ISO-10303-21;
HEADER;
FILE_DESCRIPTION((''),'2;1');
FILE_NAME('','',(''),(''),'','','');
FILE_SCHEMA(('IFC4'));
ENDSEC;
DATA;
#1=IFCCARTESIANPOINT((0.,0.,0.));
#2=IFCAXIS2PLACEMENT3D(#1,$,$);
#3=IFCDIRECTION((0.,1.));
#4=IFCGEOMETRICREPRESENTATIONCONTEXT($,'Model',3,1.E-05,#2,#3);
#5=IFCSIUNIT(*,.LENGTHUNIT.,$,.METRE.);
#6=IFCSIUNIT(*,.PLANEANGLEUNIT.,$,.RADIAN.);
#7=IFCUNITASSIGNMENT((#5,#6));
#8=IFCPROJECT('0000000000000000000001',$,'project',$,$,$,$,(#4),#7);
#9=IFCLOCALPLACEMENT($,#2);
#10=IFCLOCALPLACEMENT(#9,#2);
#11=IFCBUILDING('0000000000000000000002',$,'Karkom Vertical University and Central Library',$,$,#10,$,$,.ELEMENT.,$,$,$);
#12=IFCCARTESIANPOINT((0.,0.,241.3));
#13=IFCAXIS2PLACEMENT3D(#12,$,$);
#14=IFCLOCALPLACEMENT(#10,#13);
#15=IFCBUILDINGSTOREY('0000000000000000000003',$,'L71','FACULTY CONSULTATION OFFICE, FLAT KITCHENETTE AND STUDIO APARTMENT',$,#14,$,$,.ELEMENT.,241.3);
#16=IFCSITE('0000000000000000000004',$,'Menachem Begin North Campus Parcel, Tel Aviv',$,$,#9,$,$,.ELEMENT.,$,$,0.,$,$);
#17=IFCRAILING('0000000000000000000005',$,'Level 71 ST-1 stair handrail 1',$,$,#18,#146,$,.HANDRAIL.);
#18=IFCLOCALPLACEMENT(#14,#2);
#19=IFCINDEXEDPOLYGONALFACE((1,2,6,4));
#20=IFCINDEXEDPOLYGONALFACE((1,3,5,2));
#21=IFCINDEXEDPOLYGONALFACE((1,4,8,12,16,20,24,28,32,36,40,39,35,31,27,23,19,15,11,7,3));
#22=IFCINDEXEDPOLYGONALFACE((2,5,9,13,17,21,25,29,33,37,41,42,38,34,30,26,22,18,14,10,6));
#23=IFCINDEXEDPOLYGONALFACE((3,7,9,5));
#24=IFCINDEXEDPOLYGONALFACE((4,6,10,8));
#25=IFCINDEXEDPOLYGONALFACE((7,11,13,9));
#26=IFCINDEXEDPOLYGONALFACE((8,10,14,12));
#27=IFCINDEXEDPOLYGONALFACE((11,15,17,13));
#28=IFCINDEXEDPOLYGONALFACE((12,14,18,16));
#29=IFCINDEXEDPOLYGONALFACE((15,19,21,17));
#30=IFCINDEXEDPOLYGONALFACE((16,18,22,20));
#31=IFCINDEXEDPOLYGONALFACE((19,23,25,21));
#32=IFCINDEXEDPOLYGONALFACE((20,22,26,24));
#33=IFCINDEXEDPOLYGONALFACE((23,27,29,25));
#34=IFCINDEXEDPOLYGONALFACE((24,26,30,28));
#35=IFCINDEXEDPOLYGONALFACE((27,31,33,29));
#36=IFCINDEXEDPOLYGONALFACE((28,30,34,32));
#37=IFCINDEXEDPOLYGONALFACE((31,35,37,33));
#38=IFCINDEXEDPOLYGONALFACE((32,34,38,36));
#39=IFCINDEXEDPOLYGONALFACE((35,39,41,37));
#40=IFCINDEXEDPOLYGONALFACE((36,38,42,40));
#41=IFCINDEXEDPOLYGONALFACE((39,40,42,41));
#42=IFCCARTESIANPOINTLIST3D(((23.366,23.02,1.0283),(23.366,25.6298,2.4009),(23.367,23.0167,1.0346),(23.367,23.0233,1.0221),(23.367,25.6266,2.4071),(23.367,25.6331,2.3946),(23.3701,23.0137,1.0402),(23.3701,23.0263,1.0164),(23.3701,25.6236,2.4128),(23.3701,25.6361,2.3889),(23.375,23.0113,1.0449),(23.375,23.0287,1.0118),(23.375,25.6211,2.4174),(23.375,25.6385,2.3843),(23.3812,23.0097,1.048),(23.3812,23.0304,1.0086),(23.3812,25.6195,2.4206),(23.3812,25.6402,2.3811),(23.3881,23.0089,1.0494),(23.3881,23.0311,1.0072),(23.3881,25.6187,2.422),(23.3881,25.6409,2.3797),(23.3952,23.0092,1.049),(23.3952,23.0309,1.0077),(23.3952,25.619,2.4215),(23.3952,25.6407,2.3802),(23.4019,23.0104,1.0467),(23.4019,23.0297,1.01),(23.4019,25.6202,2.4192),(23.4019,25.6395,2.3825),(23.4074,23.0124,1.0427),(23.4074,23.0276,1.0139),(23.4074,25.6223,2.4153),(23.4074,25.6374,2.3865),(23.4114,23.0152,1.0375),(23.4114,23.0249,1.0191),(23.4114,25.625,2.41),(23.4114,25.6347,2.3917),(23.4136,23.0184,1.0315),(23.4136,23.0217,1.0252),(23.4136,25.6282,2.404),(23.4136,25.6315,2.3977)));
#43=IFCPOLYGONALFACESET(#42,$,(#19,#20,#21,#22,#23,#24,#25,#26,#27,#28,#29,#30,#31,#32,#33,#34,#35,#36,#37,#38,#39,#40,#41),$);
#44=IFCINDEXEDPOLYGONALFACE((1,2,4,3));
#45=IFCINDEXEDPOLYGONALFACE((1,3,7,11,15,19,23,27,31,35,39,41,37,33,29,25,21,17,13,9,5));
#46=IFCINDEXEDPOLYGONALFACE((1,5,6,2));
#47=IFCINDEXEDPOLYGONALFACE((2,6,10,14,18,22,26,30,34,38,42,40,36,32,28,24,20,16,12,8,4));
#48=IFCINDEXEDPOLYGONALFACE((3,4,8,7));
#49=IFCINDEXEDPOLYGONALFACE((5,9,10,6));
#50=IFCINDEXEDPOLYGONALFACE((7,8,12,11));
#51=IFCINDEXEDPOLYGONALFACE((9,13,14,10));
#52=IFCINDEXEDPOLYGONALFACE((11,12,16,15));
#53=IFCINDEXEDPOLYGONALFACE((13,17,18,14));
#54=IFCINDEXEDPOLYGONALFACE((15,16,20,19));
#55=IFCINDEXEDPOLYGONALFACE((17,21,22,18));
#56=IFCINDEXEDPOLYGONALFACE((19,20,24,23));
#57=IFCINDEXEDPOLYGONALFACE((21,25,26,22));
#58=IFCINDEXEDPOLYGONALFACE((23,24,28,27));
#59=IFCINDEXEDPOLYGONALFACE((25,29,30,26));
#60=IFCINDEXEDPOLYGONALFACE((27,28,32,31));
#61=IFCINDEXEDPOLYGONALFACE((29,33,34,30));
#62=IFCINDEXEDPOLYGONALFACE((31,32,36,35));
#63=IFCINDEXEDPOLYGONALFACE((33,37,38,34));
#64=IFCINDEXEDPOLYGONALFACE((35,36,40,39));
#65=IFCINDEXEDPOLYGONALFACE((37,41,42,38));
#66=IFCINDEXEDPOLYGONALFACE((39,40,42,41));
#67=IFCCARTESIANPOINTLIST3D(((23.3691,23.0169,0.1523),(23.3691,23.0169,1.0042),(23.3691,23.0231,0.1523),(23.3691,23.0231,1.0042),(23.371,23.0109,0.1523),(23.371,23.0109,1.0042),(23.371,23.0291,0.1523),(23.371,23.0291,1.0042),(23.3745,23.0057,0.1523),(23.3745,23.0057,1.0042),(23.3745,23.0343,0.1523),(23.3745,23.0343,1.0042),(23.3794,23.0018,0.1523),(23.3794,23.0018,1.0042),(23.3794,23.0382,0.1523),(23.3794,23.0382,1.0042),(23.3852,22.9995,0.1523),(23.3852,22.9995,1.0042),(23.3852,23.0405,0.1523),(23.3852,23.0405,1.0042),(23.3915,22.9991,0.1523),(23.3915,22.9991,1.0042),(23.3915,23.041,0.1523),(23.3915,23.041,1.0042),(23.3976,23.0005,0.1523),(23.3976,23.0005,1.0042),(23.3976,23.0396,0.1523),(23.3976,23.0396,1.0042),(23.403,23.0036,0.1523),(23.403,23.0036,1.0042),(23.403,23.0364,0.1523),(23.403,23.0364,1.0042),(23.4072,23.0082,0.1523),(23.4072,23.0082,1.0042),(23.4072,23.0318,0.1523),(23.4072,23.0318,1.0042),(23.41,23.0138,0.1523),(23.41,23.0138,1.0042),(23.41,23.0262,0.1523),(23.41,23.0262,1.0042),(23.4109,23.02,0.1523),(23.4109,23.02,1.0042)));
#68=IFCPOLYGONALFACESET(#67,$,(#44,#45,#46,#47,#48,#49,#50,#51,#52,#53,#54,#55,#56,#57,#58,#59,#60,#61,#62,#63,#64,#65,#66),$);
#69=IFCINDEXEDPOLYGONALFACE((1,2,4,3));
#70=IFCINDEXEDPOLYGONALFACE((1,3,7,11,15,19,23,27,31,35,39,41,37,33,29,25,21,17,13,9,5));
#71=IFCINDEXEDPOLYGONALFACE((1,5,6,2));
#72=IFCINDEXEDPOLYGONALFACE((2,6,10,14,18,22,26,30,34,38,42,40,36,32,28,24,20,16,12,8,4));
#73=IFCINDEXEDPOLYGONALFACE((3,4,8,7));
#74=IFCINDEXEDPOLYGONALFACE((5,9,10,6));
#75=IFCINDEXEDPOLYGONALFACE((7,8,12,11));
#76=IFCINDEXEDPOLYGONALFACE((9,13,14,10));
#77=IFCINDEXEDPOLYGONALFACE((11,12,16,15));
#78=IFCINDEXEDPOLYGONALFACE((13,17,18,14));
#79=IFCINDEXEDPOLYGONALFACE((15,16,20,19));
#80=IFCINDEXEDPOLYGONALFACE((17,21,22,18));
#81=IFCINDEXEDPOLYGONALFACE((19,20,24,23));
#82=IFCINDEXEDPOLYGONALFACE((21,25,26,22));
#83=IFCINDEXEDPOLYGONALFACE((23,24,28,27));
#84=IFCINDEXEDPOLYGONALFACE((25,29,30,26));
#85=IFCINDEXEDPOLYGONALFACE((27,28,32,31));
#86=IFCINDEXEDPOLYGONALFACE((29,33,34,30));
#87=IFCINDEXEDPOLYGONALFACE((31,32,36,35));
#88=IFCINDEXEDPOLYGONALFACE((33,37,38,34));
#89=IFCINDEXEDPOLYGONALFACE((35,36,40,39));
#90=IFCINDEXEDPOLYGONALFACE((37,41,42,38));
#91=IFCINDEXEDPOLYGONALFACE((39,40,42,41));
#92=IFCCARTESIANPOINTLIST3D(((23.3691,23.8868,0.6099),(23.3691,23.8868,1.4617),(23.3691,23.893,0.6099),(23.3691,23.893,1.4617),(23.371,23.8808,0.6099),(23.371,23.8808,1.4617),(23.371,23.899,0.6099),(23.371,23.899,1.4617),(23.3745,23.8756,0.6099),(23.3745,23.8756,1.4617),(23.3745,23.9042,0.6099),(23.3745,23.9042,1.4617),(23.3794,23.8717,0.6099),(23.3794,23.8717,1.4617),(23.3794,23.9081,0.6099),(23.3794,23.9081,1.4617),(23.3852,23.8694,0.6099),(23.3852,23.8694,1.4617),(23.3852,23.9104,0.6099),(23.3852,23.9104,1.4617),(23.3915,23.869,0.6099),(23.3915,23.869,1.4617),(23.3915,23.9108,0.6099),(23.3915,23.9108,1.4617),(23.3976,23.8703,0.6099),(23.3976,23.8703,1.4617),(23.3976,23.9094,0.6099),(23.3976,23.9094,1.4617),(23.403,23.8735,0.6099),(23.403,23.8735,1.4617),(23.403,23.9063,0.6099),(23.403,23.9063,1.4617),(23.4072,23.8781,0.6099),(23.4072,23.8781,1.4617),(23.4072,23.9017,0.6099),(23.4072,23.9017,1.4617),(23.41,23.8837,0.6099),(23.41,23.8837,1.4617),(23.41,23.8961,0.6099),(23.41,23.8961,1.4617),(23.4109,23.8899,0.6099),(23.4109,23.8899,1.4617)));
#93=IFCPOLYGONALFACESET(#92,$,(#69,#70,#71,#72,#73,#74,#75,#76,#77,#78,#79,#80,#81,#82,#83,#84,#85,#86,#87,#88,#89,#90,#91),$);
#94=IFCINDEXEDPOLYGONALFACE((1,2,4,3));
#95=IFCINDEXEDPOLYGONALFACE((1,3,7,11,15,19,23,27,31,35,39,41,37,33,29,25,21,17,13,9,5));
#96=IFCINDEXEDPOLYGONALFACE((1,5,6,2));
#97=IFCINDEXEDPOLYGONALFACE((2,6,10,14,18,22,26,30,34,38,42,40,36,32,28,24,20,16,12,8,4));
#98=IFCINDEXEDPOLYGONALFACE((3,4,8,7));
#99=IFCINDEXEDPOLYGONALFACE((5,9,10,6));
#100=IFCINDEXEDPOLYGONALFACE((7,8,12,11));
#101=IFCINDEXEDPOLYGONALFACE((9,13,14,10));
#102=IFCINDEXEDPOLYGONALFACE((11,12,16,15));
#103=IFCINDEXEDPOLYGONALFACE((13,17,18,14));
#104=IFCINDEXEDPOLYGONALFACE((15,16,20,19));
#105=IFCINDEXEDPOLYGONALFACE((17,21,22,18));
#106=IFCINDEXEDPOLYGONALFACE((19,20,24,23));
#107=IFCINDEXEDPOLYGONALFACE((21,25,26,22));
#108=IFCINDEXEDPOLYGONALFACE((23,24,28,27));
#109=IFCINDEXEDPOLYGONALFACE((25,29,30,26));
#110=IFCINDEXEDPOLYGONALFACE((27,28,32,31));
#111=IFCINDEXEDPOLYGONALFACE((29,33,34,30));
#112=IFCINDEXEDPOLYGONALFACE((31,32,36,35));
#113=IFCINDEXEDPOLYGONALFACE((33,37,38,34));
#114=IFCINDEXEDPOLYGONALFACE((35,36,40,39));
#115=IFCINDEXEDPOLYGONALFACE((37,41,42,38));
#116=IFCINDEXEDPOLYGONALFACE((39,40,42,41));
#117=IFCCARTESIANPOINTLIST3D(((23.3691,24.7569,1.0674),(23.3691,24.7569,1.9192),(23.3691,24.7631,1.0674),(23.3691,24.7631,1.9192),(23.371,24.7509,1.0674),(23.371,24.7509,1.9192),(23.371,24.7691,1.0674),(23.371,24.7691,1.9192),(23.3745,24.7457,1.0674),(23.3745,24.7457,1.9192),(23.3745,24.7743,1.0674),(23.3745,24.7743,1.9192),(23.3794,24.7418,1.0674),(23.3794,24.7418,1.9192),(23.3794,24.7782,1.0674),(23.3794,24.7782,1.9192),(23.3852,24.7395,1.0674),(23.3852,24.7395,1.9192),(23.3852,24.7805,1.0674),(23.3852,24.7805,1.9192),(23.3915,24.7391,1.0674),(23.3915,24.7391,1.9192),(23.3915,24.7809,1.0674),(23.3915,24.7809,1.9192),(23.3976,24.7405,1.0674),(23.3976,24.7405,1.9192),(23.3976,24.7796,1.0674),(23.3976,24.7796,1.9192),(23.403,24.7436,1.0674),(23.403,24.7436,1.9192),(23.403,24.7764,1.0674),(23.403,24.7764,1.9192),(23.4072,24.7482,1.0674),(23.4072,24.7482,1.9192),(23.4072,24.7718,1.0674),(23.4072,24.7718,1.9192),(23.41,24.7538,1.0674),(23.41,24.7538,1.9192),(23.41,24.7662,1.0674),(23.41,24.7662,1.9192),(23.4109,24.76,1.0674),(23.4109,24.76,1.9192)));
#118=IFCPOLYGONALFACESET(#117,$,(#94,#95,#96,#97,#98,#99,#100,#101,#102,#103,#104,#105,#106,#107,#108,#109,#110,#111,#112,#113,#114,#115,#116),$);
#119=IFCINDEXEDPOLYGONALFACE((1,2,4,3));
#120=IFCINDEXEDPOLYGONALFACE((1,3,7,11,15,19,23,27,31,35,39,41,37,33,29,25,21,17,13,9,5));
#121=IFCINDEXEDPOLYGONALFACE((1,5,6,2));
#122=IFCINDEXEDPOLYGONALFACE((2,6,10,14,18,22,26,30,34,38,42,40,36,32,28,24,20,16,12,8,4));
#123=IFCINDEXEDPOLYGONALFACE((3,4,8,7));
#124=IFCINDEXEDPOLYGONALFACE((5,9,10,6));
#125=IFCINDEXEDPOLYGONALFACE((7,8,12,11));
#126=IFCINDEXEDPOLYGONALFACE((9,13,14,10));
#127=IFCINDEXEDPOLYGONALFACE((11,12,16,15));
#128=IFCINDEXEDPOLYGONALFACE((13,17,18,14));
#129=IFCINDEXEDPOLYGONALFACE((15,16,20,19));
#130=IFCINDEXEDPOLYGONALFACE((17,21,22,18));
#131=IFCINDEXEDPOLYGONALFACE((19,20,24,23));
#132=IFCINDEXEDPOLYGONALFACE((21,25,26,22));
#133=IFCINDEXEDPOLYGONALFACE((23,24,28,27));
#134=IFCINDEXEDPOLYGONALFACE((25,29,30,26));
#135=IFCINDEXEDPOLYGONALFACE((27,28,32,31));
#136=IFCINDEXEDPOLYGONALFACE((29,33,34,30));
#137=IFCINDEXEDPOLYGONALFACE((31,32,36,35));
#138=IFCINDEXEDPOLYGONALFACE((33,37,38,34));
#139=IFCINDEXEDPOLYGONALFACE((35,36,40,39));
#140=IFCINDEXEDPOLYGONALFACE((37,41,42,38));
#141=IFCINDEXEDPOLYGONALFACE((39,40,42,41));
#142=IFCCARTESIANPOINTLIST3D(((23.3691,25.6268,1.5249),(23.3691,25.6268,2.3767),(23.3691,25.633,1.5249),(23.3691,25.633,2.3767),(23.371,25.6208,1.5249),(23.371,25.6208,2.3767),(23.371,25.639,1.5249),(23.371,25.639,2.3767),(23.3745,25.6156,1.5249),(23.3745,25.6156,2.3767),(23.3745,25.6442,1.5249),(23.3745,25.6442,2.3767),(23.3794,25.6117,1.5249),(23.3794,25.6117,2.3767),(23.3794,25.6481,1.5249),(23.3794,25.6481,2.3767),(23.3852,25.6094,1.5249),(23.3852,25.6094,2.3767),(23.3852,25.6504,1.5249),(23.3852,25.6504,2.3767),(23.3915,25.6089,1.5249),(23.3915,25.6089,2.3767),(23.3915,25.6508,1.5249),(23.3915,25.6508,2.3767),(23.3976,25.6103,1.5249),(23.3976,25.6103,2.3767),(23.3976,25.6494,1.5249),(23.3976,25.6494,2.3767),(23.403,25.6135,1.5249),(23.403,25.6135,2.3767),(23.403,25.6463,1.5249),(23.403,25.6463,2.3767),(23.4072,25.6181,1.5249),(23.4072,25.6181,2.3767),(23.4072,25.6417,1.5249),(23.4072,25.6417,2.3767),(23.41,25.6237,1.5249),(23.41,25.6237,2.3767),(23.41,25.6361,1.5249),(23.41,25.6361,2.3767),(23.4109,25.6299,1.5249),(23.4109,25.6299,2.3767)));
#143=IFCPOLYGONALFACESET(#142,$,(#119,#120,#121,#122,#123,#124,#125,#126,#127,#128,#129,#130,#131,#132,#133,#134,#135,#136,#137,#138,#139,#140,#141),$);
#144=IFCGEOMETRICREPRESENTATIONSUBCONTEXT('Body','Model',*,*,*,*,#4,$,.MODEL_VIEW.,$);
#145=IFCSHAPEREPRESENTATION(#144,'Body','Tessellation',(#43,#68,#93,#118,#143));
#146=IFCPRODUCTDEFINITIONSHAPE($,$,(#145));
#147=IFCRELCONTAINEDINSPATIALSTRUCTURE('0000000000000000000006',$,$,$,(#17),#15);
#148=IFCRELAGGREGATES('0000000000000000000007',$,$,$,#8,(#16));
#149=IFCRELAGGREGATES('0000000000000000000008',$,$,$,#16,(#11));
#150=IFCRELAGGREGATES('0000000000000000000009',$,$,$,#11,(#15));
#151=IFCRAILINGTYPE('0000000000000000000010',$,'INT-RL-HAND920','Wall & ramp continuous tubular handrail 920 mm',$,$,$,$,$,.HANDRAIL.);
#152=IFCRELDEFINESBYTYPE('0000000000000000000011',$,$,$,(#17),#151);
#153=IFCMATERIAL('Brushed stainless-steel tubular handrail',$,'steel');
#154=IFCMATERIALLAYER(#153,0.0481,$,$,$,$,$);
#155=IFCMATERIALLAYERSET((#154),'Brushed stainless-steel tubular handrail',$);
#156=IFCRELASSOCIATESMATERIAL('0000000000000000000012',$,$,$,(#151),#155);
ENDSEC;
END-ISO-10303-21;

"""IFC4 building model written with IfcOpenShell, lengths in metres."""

from ifc_helpers import new_model, si_unit, direction, frame, origin, origin_2d, place, context, subcontext, project, spatial, circle, extrude, material, layer, layer_set, type_object, element, save


model = new_model("IFC4")

# Units and contexts
model_context = context("Model", 3, precision=1e-05, world=origin(), true_north=direction((0.0, 1.0)))
body_context = subcontext(model_context, "Body", "Model", "MODEL_VIEW")
ifc_project = project(units=[si_unit("LENGTHUNIT", "METRE"), si_unit("PLANEANGLEUNIT", "RADIAN")], contexts=[model_context])

# Site, building, storey
site_placement = place(None, origin())
site = spatial("IfcSite", under=ifc_project, at=site_placement, Name="Menachem Begin North Campus Parcel, Tel Aviv", CompositionType="ELEMENT", RefElevation=0.0)
building_placement = place(site_placement, origin())
building = spatial("IfcBuilding", under=site, at=building_placement, Name="Karkom Vertical University and Central Library", CompositionType="ELEMENT")
storey_placement = place(building_placement, frame((0.0, 0.0, 241.3)))
storey = spatial("IfcBuildingStorey", under=building, at=storey_placement, Name="L71", Description="FACULTY CONSULTATION OFFICE, FLAT KITCHENETTE AND STUDIO APARTMENT", CompositionType="ELEMENT", Elevation=241.3)

# Railing
ifc_material_1 = material(Name="Brushed stainless-steel tubular handrail", Category="steel")
ifc_layer_1 = layer(ifc_material_1, 0.0481)
ifc_layer_set_1 = layer_set([ifc_layer_1], Name="Brushed stainless-steel tubular handrail")
railing_type_1 = type_object("IfcRailingType", Name="INT-RL-HAND920", Description="Wall & ramp continuous tubular handrail 920 mm", PredefinedType="HANDRAIL", material=ifc_layer_set_1)
railing_1_placement = place(storey_placement, frame((23.3899, 23.02, 0.1523)))
element("IfcRailing", 1, at=railing_1_placement, inside=storey, type_object=railing_type_1, Name="Level 71 ST-1 stair handrail 1", PredefinedType="HANDRAIL", context=body_context, shape_type="SweptSolid", body=[
    extrude(circle(Radius=0.0239, at=origin_2d()), frame((0.0, 0.0, 0.876), z_axis=(0.0, 0.885065, 0.465467), x_axis=(-1.0, 0.0, 0.0)), (0.0, 0.0, 1.0), 2.9487),
    extrude(circle(Radius=0.021, at=origin_2d()), origin(), (0.0, 0.0, 1.0), 0.8518),
    extrude(circle(Radius=0.021, at=origin_2d()), frame((0.0, 0.8699, 0.4575)), (0.0, 0.0, 1.0), 0.8518),
    extrude(circle(Radius=0.021, at=origin_2d()), frame((0.0, 1.74, 0.915)), (0.0, 0.0, 1.0), 0.8518),
    extrude(circle(Radius=0.021, at=origin_2d()), frame((0.0, 2.6099, 1.3726)), (0.0, 0.0, 1.0), 0.8518),
])

save(model, "model.ifc")
